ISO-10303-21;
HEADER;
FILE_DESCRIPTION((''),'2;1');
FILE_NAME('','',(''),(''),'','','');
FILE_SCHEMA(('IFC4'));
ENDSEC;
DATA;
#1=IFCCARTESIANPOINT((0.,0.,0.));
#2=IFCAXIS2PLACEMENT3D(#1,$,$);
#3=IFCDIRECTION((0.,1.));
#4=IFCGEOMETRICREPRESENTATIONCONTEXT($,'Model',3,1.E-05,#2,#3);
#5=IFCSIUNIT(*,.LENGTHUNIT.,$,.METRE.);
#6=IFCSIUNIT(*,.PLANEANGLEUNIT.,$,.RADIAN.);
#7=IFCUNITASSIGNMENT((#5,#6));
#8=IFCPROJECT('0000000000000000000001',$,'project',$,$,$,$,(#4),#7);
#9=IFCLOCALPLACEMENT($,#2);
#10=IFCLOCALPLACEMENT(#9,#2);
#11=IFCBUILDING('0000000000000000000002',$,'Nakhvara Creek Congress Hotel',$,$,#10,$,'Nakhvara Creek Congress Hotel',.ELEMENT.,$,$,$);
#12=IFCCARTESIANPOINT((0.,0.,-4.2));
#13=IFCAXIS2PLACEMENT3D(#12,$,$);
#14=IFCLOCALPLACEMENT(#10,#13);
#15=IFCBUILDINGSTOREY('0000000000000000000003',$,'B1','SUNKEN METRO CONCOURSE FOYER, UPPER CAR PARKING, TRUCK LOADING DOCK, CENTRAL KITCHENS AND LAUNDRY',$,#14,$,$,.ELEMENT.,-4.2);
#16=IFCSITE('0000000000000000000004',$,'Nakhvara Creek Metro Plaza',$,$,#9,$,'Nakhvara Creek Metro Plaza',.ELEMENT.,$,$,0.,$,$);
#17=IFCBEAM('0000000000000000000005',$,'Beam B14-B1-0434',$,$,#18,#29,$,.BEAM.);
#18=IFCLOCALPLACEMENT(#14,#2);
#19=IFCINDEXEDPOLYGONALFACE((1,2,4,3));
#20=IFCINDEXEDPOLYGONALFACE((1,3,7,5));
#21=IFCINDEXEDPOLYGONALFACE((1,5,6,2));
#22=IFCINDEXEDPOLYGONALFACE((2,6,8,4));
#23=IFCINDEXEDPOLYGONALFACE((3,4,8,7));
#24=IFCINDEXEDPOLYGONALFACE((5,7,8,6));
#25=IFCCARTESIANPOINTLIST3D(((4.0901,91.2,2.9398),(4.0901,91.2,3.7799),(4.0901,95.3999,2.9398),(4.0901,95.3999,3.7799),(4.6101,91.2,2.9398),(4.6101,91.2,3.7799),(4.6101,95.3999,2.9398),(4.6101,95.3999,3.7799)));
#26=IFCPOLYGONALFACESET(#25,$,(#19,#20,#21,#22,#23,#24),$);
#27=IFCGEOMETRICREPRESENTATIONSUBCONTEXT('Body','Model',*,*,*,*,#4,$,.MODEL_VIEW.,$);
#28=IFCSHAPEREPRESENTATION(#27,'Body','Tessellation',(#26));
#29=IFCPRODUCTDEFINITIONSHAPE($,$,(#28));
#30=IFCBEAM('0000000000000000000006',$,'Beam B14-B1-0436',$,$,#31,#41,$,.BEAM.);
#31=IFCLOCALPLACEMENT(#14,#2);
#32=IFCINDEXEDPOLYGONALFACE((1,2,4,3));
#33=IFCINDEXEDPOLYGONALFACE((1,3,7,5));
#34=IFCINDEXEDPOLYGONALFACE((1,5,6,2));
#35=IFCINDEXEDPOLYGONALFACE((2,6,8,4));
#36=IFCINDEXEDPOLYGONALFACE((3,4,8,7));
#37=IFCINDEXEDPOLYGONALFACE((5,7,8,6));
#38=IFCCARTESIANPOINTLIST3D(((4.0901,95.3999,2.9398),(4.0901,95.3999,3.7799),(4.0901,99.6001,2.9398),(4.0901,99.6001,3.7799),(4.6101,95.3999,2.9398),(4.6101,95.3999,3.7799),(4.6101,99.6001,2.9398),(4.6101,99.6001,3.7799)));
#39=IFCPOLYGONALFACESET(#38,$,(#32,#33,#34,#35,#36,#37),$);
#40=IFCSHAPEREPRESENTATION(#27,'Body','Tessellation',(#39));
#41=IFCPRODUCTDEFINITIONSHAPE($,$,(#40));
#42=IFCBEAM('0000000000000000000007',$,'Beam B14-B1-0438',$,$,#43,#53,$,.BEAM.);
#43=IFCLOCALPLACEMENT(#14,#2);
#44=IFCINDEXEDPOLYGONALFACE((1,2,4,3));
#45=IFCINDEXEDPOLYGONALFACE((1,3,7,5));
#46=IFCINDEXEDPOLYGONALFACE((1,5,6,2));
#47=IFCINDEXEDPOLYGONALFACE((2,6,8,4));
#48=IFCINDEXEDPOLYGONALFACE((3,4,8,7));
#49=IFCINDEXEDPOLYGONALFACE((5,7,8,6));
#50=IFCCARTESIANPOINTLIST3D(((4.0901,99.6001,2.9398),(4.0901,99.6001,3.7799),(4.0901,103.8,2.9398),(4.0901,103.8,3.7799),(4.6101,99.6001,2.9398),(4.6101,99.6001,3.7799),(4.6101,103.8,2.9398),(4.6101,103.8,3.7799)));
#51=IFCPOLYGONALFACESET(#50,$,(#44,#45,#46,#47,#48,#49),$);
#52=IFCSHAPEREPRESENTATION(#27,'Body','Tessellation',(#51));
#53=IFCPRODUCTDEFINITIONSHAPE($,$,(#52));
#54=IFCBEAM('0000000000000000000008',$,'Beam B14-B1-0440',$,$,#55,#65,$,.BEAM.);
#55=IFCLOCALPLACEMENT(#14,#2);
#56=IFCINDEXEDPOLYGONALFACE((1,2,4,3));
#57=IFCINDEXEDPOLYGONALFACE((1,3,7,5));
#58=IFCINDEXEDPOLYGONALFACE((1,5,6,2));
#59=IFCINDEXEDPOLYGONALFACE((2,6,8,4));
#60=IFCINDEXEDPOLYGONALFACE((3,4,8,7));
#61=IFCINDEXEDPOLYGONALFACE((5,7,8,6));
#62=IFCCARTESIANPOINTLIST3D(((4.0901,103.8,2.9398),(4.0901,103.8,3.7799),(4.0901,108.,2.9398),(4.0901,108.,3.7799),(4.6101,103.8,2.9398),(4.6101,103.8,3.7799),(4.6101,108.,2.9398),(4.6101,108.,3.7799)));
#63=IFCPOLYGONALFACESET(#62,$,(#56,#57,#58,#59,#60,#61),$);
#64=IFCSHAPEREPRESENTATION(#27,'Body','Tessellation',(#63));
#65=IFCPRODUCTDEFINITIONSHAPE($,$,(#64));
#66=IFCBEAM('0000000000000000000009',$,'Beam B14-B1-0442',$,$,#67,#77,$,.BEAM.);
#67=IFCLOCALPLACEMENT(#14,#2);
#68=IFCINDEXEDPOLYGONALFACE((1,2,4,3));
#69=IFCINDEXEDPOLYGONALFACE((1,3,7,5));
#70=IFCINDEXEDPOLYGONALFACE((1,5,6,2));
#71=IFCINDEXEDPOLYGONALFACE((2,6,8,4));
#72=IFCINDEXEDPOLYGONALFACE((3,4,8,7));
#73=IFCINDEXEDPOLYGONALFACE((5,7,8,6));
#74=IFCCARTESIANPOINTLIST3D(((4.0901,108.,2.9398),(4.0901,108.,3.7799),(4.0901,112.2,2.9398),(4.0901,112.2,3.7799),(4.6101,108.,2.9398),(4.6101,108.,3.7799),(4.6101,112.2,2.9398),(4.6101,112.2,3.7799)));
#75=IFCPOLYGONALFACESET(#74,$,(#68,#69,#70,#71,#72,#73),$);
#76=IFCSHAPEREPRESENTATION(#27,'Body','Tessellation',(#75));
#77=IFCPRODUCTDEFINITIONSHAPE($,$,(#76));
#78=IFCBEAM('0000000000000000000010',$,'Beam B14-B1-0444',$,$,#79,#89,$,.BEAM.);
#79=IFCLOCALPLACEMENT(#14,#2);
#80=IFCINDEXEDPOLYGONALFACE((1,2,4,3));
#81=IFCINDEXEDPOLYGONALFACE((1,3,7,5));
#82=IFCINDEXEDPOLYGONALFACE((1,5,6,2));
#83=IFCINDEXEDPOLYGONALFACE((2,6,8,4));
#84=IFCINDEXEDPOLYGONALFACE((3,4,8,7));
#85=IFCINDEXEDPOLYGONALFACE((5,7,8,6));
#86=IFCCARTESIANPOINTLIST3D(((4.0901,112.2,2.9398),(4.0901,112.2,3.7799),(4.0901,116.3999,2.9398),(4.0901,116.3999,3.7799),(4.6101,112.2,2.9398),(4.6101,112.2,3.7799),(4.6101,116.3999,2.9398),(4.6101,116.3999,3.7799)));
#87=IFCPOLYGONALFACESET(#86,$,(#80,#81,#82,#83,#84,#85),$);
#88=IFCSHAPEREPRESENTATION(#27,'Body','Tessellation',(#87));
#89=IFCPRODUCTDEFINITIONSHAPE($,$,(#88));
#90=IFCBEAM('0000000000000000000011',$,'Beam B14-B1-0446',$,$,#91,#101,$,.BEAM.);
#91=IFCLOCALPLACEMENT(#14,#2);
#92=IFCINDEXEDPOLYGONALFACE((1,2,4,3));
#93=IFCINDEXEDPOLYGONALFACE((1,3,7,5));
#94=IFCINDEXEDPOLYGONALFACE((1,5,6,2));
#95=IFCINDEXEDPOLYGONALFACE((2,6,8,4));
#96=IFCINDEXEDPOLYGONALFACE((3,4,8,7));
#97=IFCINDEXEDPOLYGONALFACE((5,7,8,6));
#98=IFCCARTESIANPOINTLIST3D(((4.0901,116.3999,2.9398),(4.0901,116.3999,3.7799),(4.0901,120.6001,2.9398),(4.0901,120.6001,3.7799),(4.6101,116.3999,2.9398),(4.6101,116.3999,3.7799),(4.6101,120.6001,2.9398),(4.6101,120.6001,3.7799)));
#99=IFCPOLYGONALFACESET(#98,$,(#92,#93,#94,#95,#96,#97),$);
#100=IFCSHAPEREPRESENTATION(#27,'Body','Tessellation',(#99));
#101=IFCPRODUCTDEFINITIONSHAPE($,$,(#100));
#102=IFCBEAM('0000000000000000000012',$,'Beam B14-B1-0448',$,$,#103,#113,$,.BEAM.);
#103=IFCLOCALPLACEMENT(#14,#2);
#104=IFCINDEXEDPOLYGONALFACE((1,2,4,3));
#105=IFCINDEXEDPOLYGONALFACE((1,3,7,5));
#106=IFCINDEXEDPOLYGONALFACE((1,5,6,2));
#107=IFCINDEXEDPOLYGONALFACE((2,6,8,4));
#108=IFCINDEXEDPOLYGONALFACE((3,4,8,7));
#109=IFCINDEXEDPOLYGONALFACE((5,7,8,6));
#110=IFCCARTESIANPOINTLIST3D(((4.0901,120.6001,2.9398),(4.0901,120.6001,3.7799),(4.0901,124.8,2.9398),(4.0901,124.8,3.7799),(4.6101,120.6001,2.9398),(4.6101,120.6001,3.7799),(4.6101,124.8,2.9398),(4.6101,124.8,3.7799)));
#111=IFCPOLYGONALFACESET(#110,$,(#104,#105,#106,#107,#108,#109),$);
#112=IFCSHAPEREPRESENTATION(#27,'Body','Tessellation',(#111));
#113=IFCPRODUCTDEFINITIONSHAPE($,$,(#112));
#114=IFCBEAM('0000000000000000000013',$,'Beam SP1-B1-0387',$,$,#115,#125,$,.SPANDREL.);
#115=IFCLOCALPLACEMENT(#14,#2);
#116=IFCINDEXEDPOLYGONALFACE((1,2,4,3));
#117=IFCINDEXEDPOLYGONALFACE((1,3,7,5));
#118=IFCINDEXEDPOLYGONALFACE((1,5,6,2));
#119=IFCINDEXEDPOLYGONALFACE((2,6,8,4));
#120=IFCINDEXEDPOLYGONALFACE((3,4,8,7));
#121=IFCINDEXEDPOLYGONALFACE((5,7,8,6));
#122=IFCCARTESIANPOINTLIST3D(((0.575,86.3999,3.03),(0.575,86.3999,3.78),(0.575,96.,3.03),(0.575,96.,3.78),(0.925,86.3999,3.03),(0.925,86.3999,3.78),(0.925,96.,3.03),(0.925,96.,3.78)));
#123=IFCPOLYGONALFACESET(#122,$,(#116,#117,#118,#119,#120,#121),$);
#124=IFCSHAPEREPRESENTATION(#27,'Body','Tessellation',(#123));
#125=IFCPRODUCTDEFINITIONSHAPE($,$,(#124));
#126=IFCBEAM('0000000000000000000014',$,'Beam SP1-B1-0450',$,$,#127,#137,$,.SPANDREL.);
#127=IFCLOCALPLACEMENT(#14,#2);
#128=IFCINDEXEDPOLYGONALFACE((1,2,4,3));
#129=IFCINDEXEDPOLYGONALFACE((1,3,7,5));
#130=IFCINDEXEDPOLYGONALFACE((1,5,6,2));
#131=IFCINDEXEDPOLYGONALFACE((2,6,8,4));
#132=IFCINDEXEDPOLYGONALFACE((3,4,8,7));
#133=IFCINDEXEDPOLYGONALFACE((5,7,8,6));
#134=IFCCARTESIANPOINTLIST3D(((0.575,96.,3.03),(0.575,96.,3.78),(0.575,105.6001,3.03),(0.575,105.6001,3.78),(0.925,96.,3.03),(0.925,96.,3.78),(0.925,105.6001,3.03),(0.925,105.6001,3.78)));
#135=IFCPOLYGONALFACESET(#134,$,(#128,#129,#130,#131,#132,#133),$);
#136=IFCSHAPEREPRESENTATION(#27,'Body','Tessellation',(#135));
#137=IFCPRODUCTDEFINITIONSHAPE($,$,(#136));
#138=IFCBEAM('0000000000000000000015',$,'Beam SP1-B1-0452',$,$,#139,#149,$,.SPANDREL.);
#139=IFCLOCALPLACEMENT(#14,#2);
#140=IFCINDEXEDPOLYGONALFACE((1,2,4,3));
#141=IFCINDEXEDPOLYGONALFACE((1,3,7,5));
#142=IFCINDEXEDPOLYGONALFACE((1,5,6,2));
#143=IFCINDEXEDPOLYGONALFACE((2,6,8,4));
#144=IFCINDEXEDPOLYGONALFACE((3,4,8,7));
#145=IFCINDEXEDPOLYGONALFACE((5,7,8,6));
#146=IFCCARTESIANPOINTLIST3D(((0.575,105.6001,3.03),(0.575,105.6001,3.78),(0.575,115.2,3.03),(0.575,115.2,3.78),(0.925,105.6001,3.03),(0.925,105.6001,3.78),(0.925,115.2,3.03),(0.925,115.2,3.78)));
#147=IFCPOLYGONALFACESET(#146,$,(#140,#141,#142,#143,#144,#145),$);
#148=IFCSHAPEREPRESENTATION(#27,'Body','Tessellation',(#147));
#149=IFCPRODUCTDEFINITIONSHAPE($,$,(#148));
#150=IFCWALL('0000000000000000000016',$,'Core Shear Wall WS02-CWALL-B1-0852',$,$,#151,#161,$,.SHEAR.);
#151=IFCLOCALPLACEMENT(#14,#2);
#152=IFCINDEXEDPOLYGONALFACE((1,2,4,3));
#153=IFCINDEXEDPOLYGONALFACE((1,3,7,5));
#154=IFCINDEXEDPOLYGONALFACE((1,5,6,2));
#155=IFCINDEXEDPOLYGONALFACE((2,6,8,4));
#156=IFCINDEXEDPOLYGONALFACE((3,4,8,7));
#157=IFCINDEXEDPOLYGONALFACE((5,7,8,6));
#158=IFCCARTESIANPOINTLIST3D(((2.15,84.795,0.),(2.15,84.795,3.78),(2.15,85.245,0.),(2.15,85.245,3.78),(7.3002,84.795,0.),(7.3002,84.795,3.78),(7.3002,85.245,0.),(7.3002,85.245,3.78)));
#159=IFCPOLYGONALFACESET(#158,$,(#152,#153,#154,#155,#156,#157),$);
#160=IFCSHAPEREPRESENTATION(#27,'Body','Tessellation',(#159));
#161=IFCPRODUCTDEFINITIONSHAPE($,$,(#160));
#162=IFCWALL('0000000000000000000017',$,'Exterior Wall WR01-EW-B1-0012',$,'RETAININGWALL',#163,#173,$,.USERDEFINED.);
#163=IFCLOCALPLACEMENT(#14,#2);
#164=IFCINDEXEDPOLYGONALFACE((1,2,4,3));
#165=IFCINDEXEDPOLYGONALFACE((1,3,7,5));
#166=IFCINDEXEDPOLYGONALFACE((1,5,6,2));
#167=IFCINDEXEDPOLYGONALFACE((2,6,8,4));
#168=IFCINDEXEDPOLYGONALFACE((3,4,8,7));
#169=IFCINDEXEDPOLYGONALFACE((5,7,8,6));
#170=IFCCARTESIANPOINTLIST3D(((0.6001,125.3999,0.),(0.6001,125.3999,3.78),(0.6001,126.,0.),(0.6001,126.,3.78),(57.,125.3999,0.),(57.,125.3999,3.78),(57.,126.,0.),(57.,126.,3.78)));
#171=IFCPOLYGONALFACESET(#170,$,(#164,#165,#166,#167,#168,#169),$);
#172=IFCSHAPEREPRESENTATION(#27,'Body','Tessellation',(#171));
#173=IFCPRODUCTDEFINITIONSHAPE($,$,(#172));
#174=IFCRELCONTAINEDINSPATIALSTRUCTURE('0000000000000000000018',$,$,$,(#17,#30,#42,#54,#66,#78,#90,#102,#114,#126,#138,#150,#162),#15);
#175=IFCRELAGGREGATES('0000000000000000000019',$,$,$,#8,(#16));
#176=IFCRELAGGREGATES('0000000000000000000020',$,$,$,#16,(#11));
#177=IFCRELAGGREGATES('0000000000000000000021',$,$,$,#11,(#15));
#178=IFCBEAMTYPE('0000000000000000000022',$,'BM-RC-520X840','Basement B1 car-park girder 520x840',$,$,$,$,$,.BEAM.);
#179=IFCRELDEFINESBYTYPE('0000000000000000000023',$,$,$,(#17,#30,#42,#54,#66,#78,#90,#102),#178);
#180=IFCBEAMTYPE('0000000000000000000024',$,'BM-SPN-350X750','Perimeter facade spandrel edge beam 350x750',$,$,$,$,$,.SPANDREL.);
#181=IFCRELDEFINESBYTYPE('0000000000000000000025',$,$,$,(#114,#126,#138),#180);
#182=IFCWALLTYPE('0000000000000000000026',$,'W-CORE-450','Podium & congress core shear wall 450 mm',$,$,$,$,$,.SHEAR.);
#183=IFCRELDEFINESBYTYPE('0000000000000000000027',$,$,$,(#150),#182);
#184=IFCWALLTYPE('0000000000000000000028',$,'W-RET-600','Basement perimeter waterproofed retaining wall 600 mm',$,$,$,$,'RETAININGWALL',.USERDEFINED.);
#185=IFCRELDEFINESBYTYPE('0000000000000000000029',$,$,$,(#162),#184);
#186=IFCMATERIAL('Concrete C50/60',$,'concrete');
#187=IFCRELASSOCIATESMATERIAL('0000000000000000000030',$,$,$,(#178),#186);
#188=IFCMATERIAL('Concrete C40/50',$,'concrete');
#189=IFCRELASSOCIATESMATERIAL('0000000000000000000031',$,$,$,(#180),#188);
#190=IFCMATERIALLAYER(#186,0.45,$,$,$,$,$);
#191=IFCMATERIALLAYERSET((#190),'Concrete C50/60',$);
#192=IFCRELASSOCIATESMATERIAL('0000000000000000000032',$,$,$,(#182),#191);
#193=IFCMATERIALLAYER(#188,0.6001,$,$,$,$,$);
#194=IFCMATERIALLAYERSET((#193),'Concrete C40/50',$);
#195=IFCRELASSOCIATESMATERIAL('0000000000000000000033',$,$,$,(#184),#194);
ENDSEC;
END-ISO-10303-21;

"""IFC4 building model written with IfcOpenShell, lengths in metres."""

from ifc_helpers import new_model, si_unit, direction, frame, frame_2d, origin, origin_2d, place, context, subcontext, project, spatial, rectangle, extrude, material, layer, layer_set, material_profile, profile_set, type_object, element, save


model = new_model("IFC4")

# Units and contexts
model_context = context("Model", 3, precision=1e-05, world=origin(), true_north=direction((0.0, 1.0)))
body_context = subcontext(model_context, "Body", "Model", "MODEL_VIEW")
ifc_project = project(units=[si_unit("LENGTHUNIT", "METRE"), si_unit("PLANEANGLEUNIT", "RADIAN")], contexts=[model_context])

# Site, building, storey
site_placement = place(None, origin())
site = spatial("IfcSite", under=ifc_project, at=site_placement, Name="Nakhvara Creek Metro Plaza", LongName="Nakhvara Creek Metro Plaza", CompositionType="ELEMENT", RefElevation=0.0)
building_placement = place(site_placement, origin())
building = spatial("IfcBuilding", under=site, at=building_placement, Name="Nakhvara Creek Congress Hotel", LongName="Nakhvara Creek Congress Hotel", CompositionType="ELEMENT")
storey_placement = place(building_placement, frame((0.0, 0.0, -4.2)))
storey = spatial("IfcBuildingStorey", under=building, at=storey_placement, Name="B1", Description="SUNKEN METRO CONCOURSE FOYER, UPPER CAR PARKING, TRUCK LOADING DOCK, CENTRAL KITCHENS AND LAUNDRY", CompositionType="ELEMENT", Elevation=-4.2)

# Shared definitions
ifc_material_1 = material(Name="Concrete C50/60", Category="concrete")

# Beams
ifc_material_profile_1 = material_profile(ifc_material_1, rectangle(XDim=0.52, YDim=0.8401, at=origin_2d()), Name="RC-BM 520x840", Category="LoadBearing")
ifc_profile_set_1 = profile_set([ifc_material_profile_1], Name="Concrete C50/60")
beam_type_1 = type_object("IfcBeamType", Name="BM-RC-520X840", Description="Basement B1 car-park girder 520x840", PredefinedType="BEAM", material=ifc_profile_set_1)
beam_1_placement = place(storey_placement, frame((4.3501, 91.2, 3.3599), z_axis=(0.0, 1.0, 0.0), x_axis=(-1.0, 0.0, 0.0)))
element("IfcBeam", 1, at=beam_1_placement, inside=storey, type_object=beam_type_1, Name="Beam B14-B1-0434", PredefinedType="BEAM", context=body_context, shape_type="SweptSolid", body=[
    extrude(rectangle(XDim=0.52, YDim=0.8401, at=origin_2d()), origin(), (0.0, 0.0, 1.0), 4.2),
])
beam_2_placement = place(storey_placement, frame((4.3501, 95.3999, 3.3599), z_axis=(0.0, 1.0, 0.0), x_axis=(-1.0, 0.0, 0.0)))
element("IfcBeam", 2, at=beam_2_placement, inside=storey, type_object=beam_type_1, Name="Beam B14-B1-0436", PredefinedType="BEAM", context=body_context, shape_type="SweptSolid", body=[
    extrude(rectangle(XDim=0.52, YDim=0.8401, at=origin_2d()), origin(), (0.0, 0.0, 1.0), 4.2002),
])
for number, where, z_axis, x_axis, name in (
    (3, (4.3501, 99.6001, 3.3599), (0.0, 1.0, 0.0), (-1.0, 0.0, 0.0), "Beam B14-B1-0438"),
    (4, (4.3501, 103.8, 3.3599), (0.0, 1.0, 0.0), (-1.0, 0.0, 0.0), "Beam B14-B1-0440"),
    (5, (4.3501, 108.0, 3.3599), (0.0, 1.0, 0.0), (-1.0, 0.0, 0.0), "Beam B14-B1-0442"),
    (6, (4.3501, 112.2, 3.3599), (0.0, 1.0, 0.0), (-1.0, 0.0, 0.0), "Beam B14-B1-0444"),
):
    element("IfcBeam", number, at=place(storey_placement, frame(where, z_axis=z_axis, x_axis=x_axis)), inside=storey, type_object=beam_type_1, Name=name, PredefinedType="BEAM", context=body_context, shape_type="SweptSolid", body=[
        extrude(rectangle(XDim=0.52, YDim=0.8401, at=origin_2d()), origin(), (0.0, 0.0, 1.0), 4.2),
    ])
beam_3_placement = place(storey_placement, frame((4.3501, 116.3999, 3.3599), z_axis=(0.0, 1.0, 0.0), x_axis=(-1.0, 0.0, 0.0)))
element("IfcBeam", 7, at=beam_3_placement, inside=storey, type_object=beam_type_1, Name="Beam B14-B1-0446", PredefinedType="BEAM", context=body_context, shape_type="SweptSolid", body=[
    extrude(rectangle(XDim=0.52, YDim=0.8401, at=origin_2d()), origin(), (0.0, 0.0, 1.0), 4.2002),
])
beam_4_placement = place(storey_placement, frame((4.3501, 120.6001, 3.3599), z_axis=(0.0, 1.0, 0.0), x_axis=(-1.0, 0.0, 0.0)))
element("IfcBeam", 8, at=beam_4_placement, inside=storey, type_object=beam_type_1, Name="Beam B14-B1-0448", PredefinedType="BEAM", context=body_context, shape_type="SweptSolid", body=[
    extrude(rectangle(XDim=0.52, YDim=0.8401, at=origin_2d()), origin(), (0.0, 0.0, 1.0), 4.2),
])
ifc_material_2 = material(Name="Concrete C40/50", Category="concrete")
ifc_material_profile_2 = material_profile(ifc_material_2, rectangle(XDim=0.3501, YDim=0.75, at=origin_2d()), Name="RC-SPANDREL 350x750", Category="LoadBearing")
ifc_profile_set_2 = profile_set([ifc_material_profile_2], Name="Concrete C40/50")
beam_type_2 = type_object("IfcBeamType", Name="BM-SPN-350X750", Description="Perimeter facade spandrel edge beam 350x750", PredefinedType="SPANDREL", material=ifc_profile_set_2)
for number, where, z_axis, x_axis, name in (
    (9, (0.75, 86.3999, 3.405), (0.0, 1.0, 0.0), (-1.0, 0.0, 0.0), "Beam SP1-B1-0387"),
    (10, (0.75, 96.0, 3.405), (0.0, 1.0, 0.0), (-1.0, 0.0, 0.0), "Beam SP1-B1-0450"),
):
    element("IfcBeam", number, at=place(storey_placement, frame(where, z_axis=z_axis, x_axis=x_axis)), inside=storey, type_object=beam_type_2, Name=name, PredefinedType="SPANDREL", context=body_context, shape_type="SweptSolid", body=[
        extrude(rectangle(XDim=0.3501, YDim=0.75, at=origin_2d()), origin(), (0.0, 0.0, 1.0), 9.6001),
    ])
beam_5_placement = place(storey_placement, frame((0.75, 105.6001, 3.405), z_axis=(0.0, 1.0, 0.0), x_axis=(-1.0, 0.0, 0.0)))
element("IfcBeam", 11, at=beam_5_placement, inside=storey, type_object=beam_type_2, Name="Beam SP1-B1-0452", PredefinedType="SPANDREL", context=body_context, shape_type="SweptSolid", body=[
    extrude(rectangle(XDim=0.3501, YDim=0.75, at=origin_2d()), origin(), (0.0, 0.0, 1.0), 9.5999),
])

# Walls
ifc_layer_1 = layer(ifc_material_1, 0.45)
ifc_layer_set_1 = layer_set([ifc_layer_1], Name="Concrete C50/60")
wall_type_1 = type_object("IfcWallType", Name="W-CORE-450", Description="Podium & congress core shear wall 450 mm", PredefinedType="SHEAR", material=ifc_layer_set_1)
wall_1_placement = place(storey_placement, frame((2.1499, 85.02, 0.0), z_axis=(0.0, 0.0, 1.0), x_axis=(1.0, 0.0, 0.0)))
element("IfcWall", 12, at=wall_1_placement, inside=storey, type_object=wall_type_1, Name="Core Shear Wall WS02-CWALL-B1-0852", PredefinedType="SHEAR", context=body_context, shape_type="SweptSolid", body=[
    extrude(rectangle(XDim=5.1501, YDim=0.45, at=frame_2d((2.5752, 0.0))), origin(), (0.0, 0.0, 1.0), 3.78),
])
ifc_layer_2 = layer(ifc_material_2, 0.6001)
ifc_layer_set_2 = layer_set([ifc_layer_2], Name="Concrete C40/50")
wall_type_2 = type_object("IfcWallType", Name="W-RET-600", Description="Basement perimeter waterproofed retaining wall 600 mm", ElementType="RETAININGWALL", PredefinedType="USERDEFINED", material=ifc_layer_set_2)
wall_2_placement = place(storey_placement, frame((0.6001, 125.7, 0.0), z_axis=(0.0, 0.0, 1.0), x_axis=(1.0, 0.0, 0.0)))
element("IfcWall", 13, at=wall_2_placement, inside=storey, type_object=wall_type_2, Name="Exterior Wall WR01-EW-B1-0012", ObjectType="RETAININGWALL", PredefinedType="USERDEFINED", context=body_context, shape_type="SweptSolid", body=[
    extrude(rectangle(XDim=56.3999, YDim=0.6001, at=frame_2d((28.2, 0.0))), origin(), (0.0, 0.0, 1.0), 3.78),
])

save(model, "model.ifc")
